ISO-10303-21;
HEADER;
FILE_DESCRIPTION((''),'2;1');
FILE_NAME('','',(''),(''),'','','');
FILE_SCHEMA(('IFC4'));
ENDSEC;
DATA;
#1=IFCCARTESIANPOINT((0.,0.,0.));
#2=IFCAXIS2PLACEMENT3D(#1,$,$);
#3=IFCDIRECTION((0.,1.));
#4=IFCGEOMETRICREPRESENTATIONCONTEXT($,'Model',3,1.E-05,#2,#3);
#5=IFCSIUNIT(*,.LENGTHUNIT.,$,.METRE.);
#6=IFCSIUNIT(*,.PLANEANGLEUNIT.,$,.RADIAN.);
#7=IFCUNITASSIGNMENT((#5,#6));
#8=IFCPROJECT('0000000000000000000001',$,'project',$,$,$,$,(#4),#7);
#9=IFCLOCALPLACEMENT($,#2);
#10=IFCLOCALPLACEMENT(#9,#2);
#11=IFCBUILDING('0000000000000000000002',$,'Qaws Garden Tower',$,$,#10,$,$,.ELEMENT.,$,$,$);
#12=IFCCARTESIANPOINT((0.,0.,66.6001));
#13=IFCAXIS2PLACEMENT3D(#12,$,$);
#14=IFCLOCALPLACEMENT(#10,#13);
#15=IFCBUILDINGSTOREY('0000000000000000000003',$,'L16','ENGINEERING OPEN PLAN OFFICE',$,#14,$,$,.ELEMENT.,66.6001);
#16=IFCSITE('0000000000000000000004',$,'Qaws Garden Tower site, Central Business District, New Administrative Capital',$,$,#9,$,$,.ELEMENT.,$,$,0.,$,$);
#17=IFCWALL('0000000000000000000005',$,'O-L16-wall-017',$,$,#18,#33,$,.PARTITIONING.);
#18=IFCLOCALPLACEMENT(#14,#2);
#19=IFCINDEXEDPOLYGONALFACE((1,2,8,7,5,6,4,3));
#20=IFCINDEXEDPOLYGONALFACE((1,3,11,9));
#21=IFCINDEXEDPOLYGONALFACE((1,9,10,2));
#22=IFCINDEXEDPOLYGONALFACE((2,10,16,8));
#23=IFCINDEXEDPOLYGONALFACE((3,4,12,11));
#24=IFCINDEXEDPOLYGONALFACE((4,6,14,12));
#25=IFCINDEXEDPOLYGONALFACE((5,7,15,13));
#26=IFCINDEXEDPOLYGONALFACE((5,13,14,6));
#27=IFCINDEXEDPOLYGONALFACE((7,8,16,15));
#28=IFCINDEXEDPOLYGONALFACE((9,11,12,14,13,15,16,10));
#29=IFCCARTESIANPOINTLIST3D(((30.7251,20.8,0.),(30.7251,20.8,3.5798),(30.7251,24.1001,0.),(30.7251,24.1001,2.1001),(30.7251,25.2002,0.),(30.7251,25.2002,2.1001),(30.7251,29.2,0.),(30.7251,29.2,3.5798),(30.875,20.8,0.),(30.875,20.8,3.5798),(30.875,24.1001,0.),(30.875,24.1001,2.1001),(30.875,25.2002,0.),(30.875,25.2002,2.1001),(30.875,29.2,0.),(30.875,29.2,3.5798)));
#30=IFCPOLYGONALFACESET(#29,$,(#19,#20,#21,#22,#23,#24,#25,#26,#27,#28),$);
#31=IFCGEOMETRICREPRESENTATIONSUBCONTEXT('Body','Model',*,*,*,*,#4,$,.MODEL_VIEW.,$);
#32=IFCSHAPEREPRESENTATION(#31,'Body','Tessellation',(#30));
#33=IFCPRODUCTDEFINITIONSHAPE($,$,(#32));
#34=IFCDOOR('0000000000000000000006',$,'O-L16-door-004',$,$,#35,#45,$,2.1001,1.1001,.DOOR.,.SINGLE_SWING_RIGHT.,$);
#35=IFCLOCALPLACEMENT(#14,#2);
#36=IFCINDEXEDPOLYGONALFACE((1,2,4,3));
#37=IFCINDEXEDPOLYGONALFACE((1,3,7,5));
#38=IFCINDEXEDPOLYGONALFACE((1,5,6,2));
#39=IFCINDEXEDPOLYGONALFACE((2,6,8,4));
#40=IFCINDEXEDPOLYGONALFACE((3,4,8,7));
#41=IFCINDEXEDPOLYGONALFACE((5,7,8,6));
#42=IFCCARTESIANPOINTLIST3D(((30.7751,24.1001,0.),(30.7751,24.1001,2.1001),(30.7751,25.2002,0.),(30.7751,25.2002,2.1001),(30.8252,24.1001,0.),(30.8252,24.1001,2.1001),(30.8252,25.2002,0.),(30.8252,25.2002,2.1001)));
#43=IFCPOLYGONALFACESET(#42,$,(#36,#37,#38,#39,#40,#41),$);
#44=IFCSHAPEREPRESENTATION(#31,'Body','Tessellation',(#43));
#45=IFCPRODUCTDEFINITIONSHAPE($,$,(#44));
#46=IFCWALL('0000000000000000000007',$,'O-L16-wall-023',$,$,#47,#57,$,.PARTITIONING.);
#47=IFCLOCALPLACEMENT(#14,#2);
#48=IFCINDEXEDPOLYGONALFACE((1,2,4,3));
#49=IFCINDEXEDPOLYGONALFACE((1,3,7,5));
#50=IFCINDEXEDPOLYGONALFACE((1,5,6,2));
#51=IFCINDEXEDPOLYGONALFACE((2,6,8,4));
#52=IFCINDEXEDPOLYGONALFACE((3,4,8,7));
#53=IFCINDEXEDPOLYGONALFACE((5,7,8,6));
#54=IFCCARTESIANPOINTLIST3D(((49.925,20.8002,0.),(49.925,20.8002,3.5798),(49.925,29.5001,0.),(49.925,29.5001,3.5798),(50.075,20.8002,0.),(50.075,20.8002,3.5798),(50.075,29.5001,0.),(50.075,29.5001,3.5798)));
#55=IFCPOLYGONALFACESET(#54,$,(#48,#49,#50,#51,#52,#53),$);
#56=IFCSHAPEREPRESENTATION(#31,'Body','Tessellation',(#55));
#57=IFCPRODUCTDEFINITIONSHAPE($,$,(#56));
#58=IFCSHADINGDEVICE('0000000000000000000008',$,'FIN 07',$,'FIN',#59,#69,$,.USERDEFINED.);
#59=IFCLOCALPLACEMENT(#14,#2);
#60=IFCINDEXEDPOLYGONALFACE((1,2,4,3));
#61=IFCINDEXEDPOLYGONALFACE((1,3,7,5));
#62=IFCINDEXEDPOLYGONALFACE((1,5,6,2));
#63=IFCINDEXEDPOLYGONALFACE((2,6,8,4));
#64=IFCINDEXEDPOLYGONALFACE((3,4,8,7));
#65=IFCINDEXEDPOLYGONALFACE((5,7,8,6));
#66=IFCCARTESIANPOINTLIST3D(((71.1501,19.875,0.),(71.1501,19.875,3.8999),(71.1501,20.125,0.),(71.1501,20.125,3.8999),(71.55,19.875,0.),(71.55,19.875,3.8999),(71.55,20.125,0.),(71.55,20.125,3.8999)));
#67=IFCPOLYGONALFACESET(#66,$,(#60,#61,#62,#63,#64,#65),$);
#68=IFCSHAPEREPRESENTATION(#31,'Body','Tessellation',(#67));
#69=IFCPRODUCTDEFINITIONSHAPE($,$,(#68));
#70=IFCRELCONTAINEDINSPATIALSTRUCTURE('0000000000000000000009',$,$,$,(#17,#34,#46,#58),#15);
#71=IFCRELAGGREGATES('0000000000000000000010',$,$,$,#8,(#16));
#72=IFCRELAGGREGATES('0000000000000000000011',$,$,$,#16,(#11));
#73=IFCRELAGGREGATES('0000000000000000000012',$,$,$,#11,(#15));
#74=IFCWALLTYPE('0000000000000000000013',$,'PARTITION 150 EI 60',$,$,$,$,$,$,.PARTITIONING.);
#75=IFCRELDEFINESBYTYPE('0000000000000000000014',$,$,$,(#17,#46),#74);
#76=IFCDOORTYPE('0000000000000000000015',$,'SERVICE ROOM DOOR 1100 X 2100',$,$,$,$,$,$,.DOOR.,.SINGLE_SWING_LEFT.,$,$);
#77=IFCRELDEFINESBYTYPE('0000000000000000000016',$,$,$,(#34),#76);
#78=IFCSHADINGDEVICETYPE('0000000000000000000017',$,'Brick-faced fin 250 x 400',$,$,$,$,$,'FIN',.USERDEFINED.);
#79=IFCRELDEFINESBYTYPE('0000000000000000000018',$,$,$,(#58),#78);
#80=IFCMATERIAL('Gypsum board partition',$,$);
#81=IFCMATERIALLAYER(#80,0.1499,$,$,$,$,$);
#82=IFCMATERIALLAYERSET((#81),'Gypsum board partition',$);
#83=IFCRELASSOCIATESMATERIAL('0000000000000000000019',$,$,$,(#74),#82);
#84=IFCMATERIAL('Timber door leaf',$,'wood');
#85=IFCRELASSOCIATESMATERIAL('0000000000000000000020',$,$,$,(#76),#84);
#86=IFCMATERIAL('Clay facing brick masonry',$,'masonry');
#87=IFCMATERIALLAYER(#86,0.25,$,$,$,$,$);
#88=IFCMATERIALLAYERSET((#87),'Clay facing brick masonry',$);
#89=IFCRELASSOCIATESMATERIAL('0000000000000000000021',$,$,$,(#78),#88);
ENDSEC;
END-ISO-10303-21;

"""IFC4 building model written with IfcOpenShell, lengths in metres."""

from ifc_helpers import new_model, si_unit, direction, frame, frame_2d, origin, origin_2d, place, context, subcontext, project, spatial, rectangle, extrude, material, layer, layer_set, type_object, element, fill, save


model = new_model("IFC4")

# Units and contexts
model_context = context("Model", 3, precision=1e-05, world=origin(), true_north=direction((0.0, 1.0)))
body_context = subcontext(model_context, "Body", "Model", "MODEL_VIEW")
ifc_project = project(units=[si_unit("LENGTHUNIT", "METRE"), si_unit("PLANEANGLEUNIT", "RADIAN")], contexts=[model_context])

# Site, building, storey
site_placement = place(None, origin())
site = spatial("IfcSite", under=ifc_project, at=site_placement, Name="Qaws Garden Tower site, Central Business District, New Administrative Capital", CompositionType="ELEMENT", RefElevation=0.0)
building_placement = place(site_placement, origin())
building = spatial("IfcBuilding", under=site, at=building_placement, Name="Qaws Garden Tower", CompositionType="ELEMENT")
storey_placement = place(building_placement, frame((0.0, 0.0, 66.6001)))
storey = spatial("IfcBuildingStorey", under=building, at=storey_placement, Name="L16", Description="ENGINEERING OPEN PLAN OFFICE", CompositionType="ELEMENT", Elevation=66.6001)

# Wall, opening, door
ifc_material_1 = material(Name="Gypsum board partition")
ifc_layer_1 = layer(ifc_material_1, 0.1499)
ifc_layer_set_1 = layer_set([ifc_layer_1], Name="Gypsum board partition")
wall_type = type_object("IfcWallType", Name="PARTITION 150 EI 60", PredefinedType="PARTITIONING", material=ifc_layer_set_1)
wall_1_placement = place(storey_placement, frame((30.8, 20.8, 0.0), z_axis=(0.0, 0.0, 1.0), x_axis=(0.0, 1.0, 0.0)))
wall_1 = element("IfcWall", 1, at=wall_1_placement, inside=storey, type_object=wall_type, Name="O-L16-wall-017", PredefinedType="PARTITIONING", context=body_context, shape_type="SweptSolid", body=[
    extrude(rectangle(XDim=8.3999, YDim=0.1499, at=frame_2d((4.2, 0.0))), origin(), (0.0, 0.0, 1.0), 3.5798),
])
opening_placement = place(wall_1_placement, frame((3.3, 0.0, 0.0)))
opening = element("IfcOpeningElement", 2, at=opening_placement, cuts=wall_1, PredefinedType="OPENING", context=body_context, shape_type="SweptSolid", body=[
    extrude(rectangle(XDim=1.1001, YDim=2.1001, at=frame_2d((0.55, 1.05))), frame((0.0, 0.085, 0.0), z_axis=(0.0, -1.0, 0.0), x_axis=(1.0, 0.0, 0.0)), (0.0, 0.0, 1.0), 0.1699),
])
ifc_material_2 = material(Name="Timber door leaf", Category="wood")
door_type = type_object("IfcDoorType", Name="SERVICE ROOM DOOR 1100 X 2100", OperationType="SINGLE_SWING_LEFT", PredefinedType="DOOR", material=ifc_material_2)
door_placement = place(opening_placement, origin())
door = element("IfcDoor", 3, at=door_placement, inside=storey, type_object=door_type, Name="O-L16-door-004", OperationType="SINGLE_SWING_RIGHT", OverallHeight=2.1001, OverallWidth=1.1001, PredefinedType="DOOR", context=body_context, shape_type="SweptSolid", body=[
    extrude(rectangle(XDim=1.1001, YDim=2.1001, at=frame_2d((0.55, 1.05))), frame((0.0, 0.0249, 0.0), z_axis=(0.0, -1.0, 0.0), x_axis=(1.0, 0.0, 0.0)), (0.0, 0.0, 1.0), 0.05),
])
fill(opening, door)

# Wall
wall_2_placement = place(storey_placement, frame((50.0, 20.8, 0.0), z_axis=(0.0, 0.0, 1.0), x_axis=(0.0, 1.0, 0.0)))
element("IfcWall", 4, at=wall_2_placement, inside=storey, type_object=wall_type, Name="O-L16-wall-023", PredefinedType="PARTITIONING", context=body_context, shape_type="SweptSolid", body=[
    extrude(rectangle(XDim=8.7, YDim=0.1499, at=frame_2d((4.3501, 0.0))), origin(), (0.0, 0.0, 1.0), 3.5798),
])

# Shading device
ifc_material_3 = material(Name="Clay facing brick masonry", Category="masonry")
ifc_layer_2 = layer(ifc_material_3, 0.25)
ifc_layer_set_2 = layer_set([ifc_layer_2], Name="Clay facing brick masonry")
shading_device_type = type_object("IfcShadingDeviceType", Name="Brick-faced fin 250 x 400", ElementType="FIN", PredefinedType="USERDEFINED", material=ifc_layer_set_2)
shading_device_placement = place(storey_placement, frame((71.3501, 20.0, 0.0), z_axis=(0.0, 0.0, 1.0), x_axis=(0.0, 1.0, 0.0)))
element("IfcShadingDevice", 5, at=shading_device_placement, inside=storey, type_object=shading_device_type, Name="FIN 07", ObjectType="FIN", PredefinedType="USERDEFINED", context=body_context, shape_type="SweptSolid", body=[
    extrude(rectangle(XDim=0.25, YDim=0.3999, at=origin_2d()), origin(), (0.0, 0.0, 1.0), 3.8999),
])

save(model, "model.ifc")
